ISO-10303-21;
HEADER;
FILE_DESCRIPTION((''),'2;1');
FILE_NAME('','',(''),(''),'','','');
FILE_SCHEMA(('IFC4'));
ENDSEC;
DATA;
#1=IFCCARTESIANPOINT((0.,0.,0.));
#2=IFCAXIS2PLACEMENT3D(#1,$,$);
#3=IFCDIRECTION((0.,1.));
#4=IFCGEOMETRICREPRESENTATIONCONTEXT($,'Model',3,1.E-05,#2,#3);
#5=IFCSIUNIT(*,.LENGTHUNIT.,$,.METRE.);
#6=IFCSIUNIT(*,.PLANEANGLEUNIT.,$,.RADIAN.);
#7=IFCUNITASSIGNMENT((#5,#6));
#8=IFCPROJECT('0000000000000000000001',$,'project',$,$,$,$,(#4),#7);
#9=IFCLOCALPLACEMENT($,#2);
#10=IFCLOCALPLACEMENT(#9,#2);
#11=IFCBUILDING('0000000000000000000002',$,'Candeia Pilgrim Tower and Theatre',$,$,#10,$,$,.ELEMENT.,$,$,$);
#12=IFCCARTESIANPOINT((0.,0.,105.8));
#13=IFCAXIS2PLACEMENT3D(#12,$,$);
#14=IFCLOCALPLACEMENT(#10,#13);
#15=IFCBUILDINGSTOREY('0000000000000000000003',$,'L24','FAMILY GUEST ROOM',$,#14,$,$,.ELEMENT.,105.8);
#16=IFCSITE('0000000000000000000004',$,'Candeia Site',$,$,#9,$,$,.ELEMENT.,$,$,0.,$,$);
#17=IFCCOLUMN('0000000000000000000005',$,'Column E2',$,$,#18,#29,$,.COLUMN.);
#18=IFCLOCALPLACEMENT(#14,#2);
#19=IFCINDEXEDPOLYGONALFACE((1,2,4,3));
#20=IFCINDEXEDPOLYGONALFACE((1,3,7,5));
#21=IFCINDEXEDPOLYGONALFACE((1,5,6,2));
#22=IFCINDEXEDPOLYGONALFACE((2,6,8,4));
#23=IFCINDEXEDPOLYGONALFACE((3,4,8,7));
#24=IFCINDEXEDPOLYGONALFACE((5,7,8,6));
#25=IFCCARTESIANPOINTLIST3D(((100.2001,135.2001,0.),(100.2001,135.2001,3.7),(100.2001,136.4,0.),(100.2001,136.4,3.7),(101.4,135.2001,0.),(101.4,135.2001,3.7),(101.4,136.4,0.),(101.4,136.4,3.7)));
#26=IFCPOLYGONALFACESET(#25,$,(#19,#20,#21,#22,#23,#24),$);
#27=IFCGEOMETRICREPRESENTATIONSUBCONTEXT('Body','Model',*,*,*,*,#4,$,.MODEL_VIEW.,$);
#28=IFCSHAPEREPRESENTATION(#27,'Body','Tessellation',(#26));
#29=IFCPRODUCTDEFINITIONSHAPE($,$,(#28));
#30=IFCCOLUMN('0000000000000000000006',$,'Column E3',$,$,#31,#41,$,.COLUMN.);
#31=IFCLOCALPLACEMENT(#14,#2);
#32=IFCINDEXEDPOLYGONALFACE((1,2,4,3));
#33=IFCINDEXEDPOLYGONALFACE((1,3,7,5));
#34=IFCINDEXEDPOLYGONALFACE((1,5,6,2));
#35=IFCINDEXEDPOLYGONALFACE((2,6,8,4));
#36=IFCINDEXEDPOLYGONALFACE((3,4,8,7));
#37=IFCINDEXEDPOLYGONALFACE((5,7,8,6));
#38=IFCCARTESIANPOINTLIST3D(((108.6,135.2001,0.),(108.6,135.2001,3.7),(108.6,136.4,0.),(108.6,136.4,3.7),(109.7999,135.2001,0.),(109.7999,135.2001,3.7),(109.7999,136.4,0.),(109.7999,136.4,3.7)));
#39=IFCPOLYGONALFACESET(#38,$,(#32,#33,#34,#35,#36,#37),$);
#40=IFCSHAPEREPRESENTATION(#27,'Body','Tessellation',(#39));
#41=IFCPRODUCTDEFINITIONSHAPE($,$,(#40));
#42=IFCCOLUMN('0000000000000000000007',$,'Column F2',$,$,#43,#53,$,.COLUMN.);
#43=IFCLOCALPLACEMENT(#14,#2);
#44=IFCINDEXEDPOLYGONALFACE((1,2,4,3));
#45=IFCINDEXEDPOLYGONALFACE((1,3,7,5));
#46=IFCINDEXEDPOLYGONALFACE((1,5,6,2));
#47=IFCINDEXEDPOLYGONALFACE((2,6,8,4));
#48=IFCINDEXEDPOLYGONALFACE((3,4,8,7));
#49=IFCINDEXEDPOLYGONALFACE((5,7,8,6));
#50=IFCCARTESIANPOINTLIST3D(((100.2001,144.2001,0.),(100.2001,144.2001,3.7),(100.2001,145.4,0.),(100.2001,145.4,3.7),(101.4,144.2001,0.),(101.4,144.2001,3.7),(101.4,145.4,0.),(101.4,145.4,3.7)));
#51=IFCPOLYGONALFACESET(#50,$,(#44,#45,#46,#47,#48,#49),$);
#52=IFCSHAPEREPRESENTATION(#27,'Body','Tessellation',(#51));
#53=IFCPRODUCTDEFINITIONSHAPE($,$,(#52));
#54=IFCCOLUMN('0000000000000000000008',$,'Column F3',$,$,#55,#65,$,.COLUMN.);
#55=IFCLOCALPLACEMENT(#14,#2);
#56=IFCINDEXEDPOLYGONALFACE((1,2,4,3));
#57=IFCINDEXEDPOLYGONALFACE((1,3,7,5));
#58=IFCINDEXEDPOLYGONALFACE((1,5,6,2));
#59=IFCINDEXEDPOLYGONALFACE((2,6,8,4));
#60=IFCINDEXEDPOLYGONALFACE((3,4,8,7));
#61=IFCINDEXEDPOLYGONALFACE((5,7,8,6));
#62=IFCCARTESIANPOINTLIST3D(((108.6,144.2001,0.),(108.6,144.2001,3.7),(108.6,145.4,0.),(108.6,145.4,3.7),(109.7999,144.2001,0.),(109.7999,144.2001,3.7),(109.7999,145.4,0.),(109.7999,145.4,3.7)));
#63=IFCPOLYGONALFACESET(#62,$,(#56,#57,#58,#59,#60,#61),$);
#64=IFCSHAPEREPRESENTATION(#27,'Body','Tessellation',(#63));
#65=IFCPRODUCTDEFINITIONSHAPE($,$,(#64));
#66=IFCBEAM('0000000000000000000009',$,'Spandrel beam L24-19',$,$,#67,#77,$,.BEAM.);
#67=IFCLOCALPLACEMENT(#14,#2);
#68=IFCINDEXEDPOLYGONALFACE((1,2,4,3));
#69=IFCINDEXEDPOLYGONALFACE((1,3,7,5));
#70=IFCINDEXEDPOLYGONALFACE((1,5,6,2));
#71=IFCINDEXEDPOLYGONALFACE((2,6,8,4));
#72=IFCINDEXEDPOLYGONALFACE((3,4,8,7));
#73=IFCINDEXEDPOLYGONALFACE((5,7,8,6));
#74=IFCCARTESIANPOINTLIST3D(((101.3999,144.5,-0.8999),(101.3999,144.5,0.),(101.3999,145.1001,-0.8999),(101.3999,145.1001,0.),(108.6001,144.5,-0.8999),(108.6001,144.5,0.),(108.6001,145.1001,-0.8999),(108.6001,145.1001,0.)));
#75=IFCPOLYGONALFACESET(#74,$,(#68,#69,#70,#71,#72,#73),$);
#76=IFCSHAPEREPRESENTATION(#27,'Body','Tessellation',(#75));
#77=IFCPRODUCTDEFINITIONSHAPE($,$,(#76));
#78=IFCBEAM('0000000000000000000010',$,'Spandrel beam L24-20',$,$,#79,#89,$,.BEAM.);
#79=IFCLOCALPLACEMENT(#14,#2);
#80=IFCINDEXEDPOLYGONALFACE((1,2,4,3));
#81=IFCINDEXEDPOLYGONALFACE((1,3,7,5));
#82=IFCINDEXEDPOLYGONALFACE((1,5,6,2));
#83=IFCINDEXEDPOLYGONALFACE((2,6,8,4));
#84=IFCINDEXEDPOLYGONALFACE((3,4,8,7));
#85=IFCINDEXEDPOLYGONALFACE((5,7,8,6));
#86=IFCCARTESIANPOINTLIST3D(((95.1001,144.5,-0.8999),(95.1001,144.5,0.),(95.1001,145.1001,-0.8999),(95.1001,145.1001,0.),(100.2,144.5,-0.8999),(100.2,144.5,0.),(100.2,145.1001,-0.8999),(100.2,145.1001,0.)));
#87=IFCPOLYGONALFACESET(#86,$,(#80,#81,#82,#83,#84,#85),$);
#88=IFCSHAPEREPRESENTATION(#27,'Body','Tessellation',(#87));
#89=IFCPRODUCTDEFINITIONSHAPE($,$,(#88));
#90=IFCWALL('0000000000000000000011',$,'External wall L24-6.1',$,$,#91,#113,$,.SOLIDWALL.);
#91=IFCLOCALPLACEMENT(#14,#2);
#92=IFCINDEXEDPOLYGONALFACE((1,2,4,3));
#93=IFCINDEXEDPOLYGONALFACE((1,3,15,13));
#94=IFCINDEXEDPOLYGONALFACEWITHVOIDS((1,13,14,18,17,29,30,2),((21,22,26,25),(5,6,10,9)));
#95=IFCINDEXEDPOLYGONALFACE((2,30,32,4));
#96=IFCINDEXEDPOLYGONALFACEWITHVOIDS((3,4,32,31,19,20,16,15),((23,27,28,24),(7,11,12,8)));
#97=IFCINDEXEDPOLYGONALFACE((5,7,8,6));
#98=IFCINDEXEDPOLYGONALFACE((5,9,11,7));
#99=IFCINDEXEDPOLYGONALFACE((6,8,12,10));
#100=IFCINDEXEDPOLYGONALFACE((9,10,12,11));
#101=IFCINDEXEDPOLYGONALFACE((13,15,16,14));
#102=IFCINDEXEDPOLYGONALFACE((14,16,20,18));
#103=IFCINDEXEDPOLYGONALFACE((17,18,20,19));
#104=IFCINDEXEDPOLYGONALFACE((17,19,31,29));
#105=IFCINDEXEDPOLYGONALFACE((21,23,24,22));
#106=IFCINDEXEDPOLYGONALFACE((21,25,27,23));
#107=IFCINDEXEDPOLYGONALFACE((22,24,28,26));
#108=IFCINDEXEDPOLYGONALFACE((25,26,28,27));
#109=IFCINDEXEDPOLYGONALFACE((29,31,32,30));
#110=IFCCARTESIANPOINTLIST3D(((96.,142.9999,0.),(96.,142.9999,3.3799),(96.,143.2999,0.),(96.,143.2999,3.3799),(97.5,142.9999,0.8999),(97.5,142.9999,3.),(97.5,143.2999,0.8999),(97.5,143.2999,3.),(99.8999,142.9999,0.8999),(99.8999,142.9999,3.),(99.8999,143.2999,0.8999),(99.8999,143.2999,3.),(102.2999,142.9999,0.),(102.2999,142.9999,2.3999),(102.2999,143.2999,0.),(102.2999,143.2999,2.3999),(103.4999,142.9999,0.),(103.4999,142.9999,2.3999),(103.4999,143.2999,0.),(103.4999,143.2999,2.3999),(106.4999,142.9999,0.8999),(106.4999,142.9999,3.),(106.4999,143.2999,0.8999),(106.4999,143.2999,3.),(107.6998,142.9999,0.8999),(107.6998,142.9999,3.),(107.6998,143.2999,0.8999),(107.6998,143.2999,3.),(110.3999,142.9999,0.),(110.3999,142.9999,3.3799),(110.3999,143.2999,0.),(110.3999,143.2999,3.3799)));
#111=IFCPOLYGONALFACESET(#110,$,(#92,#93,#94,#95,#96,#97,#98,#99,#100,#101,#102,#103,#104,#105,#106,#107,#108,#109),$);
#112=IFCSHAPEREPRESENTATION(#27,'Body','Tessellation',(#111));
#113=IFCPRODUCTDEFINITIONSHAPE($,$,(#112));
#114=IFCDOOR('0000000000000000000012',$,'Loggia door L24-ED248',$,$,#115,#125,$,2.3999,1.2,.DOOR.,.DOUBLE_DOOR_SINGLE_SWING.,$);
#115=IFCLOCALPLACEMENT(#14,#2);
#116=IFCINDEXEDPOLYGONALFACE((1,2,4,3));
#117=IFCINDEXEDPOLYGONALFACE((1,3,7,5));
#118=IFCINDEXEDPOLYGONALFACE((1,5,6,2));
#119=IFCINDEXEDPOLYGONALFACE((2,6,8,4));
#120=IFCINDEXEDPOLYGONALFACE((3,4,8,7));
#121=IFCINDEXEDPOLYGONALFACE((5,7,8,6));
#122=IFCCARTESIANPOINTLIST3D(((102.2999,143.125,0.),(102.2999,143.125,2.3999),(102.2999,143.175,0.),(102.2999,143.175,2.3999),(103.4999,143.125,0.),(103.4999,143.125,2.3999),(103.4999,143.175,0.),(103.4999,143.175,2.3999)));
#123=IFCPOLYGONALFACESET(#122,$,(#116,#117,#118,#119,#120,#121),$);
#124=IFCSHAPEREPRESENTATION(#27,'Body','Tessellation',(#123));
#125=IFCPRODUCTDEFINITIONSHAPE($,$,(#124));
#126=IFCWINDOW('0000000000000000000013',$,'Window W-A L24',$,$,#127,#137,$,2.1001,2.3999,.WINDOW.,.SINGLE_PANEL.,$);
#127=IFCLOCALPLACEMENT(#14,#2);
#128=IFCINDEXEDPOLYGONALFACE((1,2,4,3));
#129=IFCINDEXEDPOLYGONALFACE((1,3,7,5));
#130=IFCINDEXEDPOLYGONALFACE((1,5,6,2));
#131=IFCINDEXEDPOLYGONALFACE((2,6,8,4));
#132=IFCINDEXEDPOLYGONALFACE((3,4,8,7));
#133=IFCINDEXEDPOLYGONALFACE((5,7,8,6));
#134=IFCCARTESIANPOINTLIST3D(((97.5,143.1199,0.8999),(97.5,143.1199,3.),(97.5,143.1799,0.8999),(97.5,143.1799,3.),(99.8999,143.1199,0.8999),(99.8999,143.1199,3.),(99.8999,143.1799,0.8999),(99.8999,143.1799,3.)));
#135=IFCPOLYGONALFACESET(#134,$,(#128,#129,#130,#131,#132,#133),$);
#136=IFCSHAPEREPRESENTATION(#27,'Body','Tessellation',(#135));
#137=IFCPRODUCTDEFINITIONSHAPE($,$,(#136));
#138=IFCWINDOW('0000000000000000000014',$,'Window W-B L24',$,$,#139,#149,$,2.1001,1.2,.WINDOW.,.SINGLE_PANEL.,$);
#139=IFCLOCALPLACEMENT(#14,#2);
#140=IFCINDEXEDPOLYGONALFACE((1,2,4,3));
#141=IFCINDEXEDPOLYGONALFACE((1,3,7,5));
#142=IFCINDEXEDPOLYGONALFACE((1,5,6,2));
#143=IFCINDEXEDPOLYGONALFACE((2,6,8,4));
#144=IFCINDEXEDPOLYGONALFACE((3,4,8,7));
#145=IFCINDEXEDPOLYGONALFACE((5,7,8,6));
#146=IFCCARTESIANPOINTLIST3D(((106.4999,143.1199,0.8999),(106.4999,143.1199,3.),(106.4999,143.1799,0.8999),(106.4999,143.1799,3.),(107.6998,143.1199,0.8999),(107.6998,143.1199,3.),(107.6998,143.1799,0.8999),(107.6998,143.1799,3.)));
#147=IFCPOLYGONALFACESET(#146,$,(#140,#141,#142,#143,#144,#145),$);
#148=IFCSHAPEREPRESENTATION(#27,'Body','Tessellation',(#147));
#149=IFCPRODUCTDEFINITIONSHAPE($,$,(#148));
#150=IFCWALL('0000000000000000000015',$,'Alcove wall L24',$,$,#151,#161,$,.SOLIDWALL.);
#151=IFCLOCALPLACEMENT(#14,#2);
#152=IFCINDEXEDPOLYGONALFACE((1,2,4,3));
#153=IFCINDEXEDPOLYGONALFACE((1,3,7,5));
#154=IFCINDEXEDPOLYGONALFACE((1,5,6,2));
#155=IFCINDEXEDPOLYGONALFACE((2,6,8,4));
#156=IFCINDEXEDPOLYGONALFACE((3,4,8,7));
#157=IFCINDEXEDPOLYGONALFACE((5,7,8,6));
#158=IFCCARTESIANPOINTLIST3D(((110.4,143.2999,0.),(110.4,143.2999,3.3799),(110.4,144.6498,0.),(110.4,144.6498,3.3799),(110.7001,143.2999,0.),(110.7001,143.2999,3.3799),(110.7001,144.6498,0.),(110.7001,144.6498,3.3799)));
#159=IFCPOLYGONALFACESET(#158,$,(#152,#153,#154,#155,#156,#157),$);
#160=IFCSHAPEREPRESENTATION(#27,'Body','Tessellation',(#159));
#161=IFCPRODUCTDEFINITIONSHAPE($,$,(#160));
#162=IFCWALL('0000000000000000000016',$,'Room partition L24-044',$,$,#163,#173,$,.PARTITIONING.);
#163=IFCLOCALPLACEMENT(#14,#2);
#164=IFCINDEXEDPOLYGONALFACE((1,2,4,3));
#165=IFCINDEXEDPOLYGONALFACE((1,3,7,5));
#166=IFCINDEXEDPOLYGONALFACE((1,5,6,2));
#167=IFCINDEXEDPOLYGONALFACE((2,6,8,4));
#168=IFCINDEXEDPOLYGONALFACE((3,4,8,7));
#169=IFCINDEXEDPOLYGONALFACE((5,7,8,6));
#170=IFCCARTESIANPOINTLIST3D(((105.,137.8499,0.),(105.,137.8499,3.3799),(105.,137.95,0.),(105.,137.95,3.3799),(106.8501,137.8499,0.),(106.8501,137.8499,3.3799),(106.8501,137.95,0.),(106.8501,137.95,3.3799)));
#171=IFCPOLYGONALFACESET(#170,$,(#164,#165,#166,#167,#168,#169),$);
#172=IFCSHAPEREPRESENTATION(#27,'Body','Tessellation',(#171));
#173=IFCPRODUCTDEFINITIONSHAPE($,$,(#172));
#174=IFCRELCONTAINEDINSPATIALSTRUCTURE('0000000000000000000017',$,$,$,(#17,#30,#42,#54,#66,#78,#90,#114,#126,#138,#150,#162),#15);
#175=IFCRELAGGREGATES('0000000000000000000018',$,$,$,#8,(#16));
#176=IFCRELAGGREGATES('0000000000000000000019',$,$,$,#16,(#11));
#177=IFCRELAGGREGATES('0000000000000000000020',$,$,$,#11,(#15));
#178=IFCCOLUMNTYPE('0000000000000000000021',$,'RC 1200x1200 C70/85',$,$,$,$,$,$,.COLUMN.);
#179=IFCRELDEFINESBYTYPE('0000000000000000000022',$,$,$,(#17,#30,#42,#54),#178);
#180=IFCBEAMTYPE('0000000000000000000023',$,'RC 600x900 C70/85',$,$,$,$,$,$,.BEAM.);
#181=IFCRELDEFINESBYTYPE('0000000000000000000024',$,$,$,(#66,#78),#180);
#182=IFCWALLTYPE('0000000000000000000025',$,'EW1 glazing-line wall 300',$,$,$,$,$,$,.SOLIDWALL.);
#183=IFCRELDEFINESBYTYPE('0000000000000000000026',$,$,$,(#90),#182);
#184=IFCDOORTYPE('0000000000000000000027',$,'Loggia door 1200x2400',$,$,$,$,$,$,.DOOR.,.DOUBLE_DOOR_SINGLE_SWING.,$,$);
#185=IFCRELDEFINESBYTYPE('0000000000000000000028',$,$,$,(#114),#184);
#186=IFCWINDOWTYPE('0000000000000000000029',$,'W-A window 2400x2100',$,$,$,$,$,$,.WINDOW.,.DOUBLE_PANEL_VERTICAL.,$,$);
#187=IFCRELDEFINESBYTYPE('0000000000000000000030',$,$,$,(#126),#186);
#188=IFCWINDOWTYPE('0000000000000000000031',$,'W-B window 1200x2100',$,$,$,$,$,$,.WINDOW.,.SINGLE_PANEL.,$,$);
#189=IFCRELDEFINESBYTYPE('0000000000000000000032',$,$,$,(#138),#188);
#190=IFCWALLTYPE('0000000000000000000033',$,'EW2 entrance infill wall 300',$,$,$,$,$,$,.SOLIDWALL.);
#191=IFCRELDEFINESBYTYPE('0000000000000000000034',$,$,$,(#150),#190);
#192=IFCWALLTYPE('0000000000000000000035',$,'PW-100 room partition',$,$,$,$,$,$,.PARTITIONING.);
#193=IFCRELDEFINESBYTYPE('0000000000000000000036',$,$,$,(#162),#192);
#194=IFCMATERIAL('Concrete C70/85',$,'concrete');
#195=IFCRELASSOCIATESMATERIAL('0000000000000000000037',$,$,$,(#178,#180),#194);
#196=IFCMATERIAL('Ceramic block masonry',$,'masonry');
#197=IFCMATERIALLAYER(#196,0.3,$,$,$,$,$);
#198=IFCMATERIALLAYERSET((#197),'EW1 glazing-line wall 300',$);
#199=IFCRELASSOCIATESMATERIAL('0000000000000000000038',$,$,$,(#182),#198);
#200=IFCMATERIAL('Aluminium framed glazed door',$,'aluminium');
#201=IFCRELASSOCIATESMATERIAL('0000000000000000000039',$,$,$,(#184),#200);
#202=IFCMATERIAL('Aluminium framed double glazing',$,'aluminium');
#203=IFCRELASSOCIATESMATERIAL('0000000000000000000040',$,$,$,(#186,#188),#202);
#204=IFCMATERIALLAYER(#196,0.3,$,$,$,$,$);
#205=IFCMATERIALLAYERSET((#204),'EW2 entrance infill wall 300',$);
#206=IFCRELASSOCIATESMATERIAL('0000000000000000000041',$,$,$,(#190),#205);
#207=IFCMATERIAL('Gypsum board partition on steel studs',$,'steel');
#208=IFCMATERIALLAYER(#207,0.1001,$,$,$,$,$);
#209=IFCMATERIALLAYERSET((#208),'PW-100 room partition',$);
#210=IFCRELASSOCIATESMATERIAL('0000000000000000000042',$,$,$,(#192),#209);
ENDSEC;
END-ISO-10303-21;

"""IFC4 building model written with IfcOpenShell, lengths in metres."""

from ifc_helpers import new_model, si_unit, direction, frame, frame_2d, origin, origin_2d, place, context, subcontext, project, spatial, rectangle, extrude, material, layer, layer_set, material_profile, profile_set, type_object, element, fill, save


model = new_model("IFC4")

# Units and contexts
model_context = context("Model", 3, precision=1e-05, world=origin(), true_north=direction((0.0, 1.0)))
body_context = subcontext(model_context, "Body", "Model", "MODEL_VIEW")
ifc_project = project(units=[si_unit("LENGTHUNIT", "METRE"), si_unit("PLANEANGLEUNIT", "RADIAN")], contexts=[model_context])

# Site, building, storey
site_placement = place(None, origin())
site = spatial("IfcSite", under=ifc_project, at=site_placement, Name="Candeia Site", CompositionType="ELEMENT", RefElevation=0.0)
building_placement = place(site_placement, origin())
building = spatial("IfcBuilding", under=site, at=building_placement, Name="Candeia Pilgrim Tower and Theatre", CompositionType="ELEMENT")
storey_placement = place(building_placement, frame((0.0, 0.0, 105.8)))
storey = spatial("IfcBuildingStorey", under=building, at=storey_placement, Name="L24", Description="FAMILY GUEST ROOM", CompositionType="ELEMENT", Elevation=105.8)

# Columns
ifc_material_1 = material(Name="Concrete C70/85", Category="concrete")
ifc_material_profile_1 = material_profile(ifc_material_1, rectangle(XDim=1.2, YDim=1.2, at=origin_2d()))
ifc_profile_set_1 = profile_set([ifc_material_profile_1], Name="Concrete C70/85")
column_type = type_object("IfcColumnType", Name="RC 1200x1200 C70/85", PredefinedType="COLUMN", material=ifc_profile_set_1)
for number, where, z_axis, x_axis, name in (
    (1, (100.8, 135.8, 0.0), (0.0, 0.0, 1.0), (1.0, 0.0, 0.0), "Column E2"),
    (2, (109.2, 135.8, 0.0), (0.0, 0.0, 1.0), (1.0, 0.0, 0.0), "Column E3"),
    (3, (100.8, 144.8, 0.0), (0.0, 0.0, 1.0), (1.0, 0.0, 0.0), "Column F2"),
    (4, (109.2, 144.8, 0.0), (0.0, 0.0, 1.0), (1.0, 0.0, 0.0), "Column F3"),
):
    element("IfcColumn", number, at=place(storey_placement, frame(where, z_axis=z_axis, x_axis=x_axis)), inside=storey, type_object=column_type, Name=name, PredefinedType="COLUMN", context=body_context, shape_type="SweptSolid", body=[
        extrude(rectangle(XDim=1.2, YDim=1.2, at=origin_2d()), origin(), (0.0, 0.0, 1.0), 3.7),
    ])

# Beams
ifc_material_profile_2 = material_profile(ifc_material_1, rectangle(XDim=0.6001, YDim=0.8999, at=origin_2d()))
ifc_profile_set_2 = profile_set([ifc_material_profile_2], Name="Concrete C70/85")
beam_type = type_object("IfcBeamType", Name="RC 600x900 C70/85", PredefinedType="BEAM", material=ifc_profile_set_2)
beam_1_placement = place(storey_placement, frame((108.6001, 144.8, -0.45), z_axis=(-1.0, 0.0, 0.0), x_axis=(0.0, -1.0, 0.0)))
element("IfcBeam", 5, at=beam_1_placement, inside=storey, type_object=beam_type, Name="Spandrel beam L24-19", PredefinedType="BEAM", context=body_context, shape_type="SweptSolid", body=[
    extrude(rectangle(XDim=0.6001, YDim=0.8999, at=origin_2d()), origin(), (0.0, 0.0, 1.0), 7.2002),
])
beam_2_placement = place(storey_placement, frame((100.2, 144.8, -0.45), z_axis=(-1.0, 0.0, 0.0), x_axis=(0.0, -1.0, 0.0)))
element("IfcBeam", 6, at=beam_2_placement, inside=storey, type_object=beam_type, Name="Spandrel beam L24-20", PredefinedType="BEAM", context=body_context, shape_type="SweptSolid", body=[
    extrude(rectangle(XDim=0.6001, YDim=0.8999, at=origin_2d()), origin(), (0.0, 0.0, 1.0), 5.0999),
])

# Wall, openings, door, windows
ifc_material_2 = material(Name="Ceramic block masonry", Category="masonry")
ifc_layer_1 = layer(ifc_material_2, 0.3)
ifc_layer_set_1 = layer_set([ifc_layer_1], Name="EW1 glazing-line wall 300")
wall_type_1 = type_object("IfcWallType", Name="EW1 glazing-line wall 300", PredefinedType="SOLIDWALL", material=ifc_layer_set_1)
wall_1_placement = place(storey_placement, frame((110.3999, 143.1499, 0.0), z_axis=(0.0, 0.0, 1.0), x_axis=(-1.0, 0.0, 0.0)))
wall_1 = element("IfcWall", 7, at=wall_1_placement, inside=storey, type_object=wall_type_1, Name="External wall L24-6.1", PredefinedType="SOLIDWALL", context=body_context, shape_type="SweptSolid", body=[
    extrude(rectangle(XDim=14.3999, YDim=0.3, at=frame_2d((7.2, 0.0))), origin(), (0.0, 0.0, 1.0), 3.3799),
])
opening_1_placement = place(wall_1_placement, frame((2.7, 0.0, 0.8999)))
opening_1 = element("IfcOpeningElement", 8, at=opening_1_placement, cuts=wall_1, PredefinedType="OPENING", context=body_context, shape_type="SweptSolid", body=[
    extrude(rectangle(XDim=1.2, YDim=2.1001, at=frame_2d((0.6001, 1.05))), frame((0.0, 0.1602, 0.0), z_axis=(0.0, -1.0, 0.0), x_axis=(1.0, 0.0, 0.0)), (0.0, 0.0, 1.0), 0.3201),
])
opening_2_placement = place(wall_1_placement, frame((6.8999, 0.0, 0.0)))
opening_2 = element("IfcOpeningElement", 9, at=opening_2_placement, cuts=wall_1, PredefinedType="OPENING", context=body_context, shape_type="SweptSolid", body=[
    extrude(rectangle(XDim=1.2, YDim=2.3999, at=frame_2d((0.6001, 1.2))), frame((0.0, 0.1602, 0.0), z_axis=(0.0, -1.0, 0.0), x_axis=(1.0, 0.0, 0.0)), (0.0, 0.0, 1.0), 0.3201),
])
opening_3_placement = place(wall_1_placement, frame((10.5, 0.0, 0.8999)))
opening_3 = element("IfcOpeningElement", 10, at=opening_3_placement, cuts=wall_1, PredefinedType="OPENING", context=body_context, shape_type="SweptSolid", body=[
    extrude(rectangle(XDim=2.3999, YDim=2.1001, at=frame_2d((1.2, 1.05))), frame((0.0, 0.1602, 0.0), z_axis=(0.0, -1.0, 0.0), x_axis=(1.0, 0.0, 0.0)), (0.0, 0.0, 1.0), 0.3201),
])
ifc_material_3 = material(Name="Aluminium framed glazed door", Category="aluminium")
door_type_1 = type_object("IfcDoorType", Name="Loggia door 1200x2400", OperationType="DOUBLE_DOOR_SINGLE_SWING", PredefinedType="DOOR", material=ifc_material_3)
door_1_placement = place(opening_2_placement, origin())
door_1 = element("IfcDoor", 11, at=door_1_placement, inside=storey, type_object=door_type_1, Name="Loggia door L24-ED248", OperationType="DOUBLE_DOOR_SINGLE_SWING", OverallHeight=2.3999, OverallWidth=1.2, PredefinedType="DOOR", context=body_context, shape_type="SweptSolid", body=[
    extrude(rectangle(XDim=1.2, YDim=2.3999, at=frame_2d((0.6001, 1.2))), frame((0.0, 0.0249, 0.0), z_axis=(0.0, -1.0, 0.0), x_axis=(1.0, 0.0, 0.0)), (0.0, 0.0, 1.0), 0.05),
])
fill(opening_2, door_1)
ifc_material_4 = material(Name="Aluminium framed double glazing", Category="aluminium")
window_type_1 = type_object("IfcWindowType", Name="W-A window 2400x2100", PartitioningType="DOUBLE_PANEL_VERTICAL", PredefinedType="WINDOW", material=ifc_material_4)
window_1_placement = place(opening_3_placement, origin())
window_1 = element("IfcWindow", 12, at=window_1_placement, inside=storey, type_object=window_type_1, Name="Window W-A L24", OverallHeight=2.1001, OverallWidth=2.3999, PartitioningType="SINGLE_PANEL", PredefinedType="WINDOW", context=body_context, shape_type="SweptSolid", body=[
    extrude(rectangle(XDim=2.3999, YDim=2.1001, at=frame_2d((1.2, 1.05))), frame((0.0, 0.03, 0.0), z_axis=(0.0, -1.0, 0.0), x_axis=(1.0, 0.0, 0.0)), (0.0, 0.0, 1.0), 0.0601),
])
fill(opening_3, window_1)
window_type_2 = type_object("IfcWindowType", Name="W-B window 1200x2100", PartitioningType="SINGLE_PANEL", PredefinedType="WINDOW", material=ifc_material_4)
window_2_placement = place(opening_1_placement, origin())
window_2 = element("IfcWindow", 13, at=window_2_placement, inside=storey, type_object=window_type_2, Name="Window W-B L24", OverallHeight=2.1001, OverallWidth=1.2, PartitioningType="SINGLE_PANEL", PredefinedType="WINDOW", context=body_context, shape_type="SweptSolid", body=[
    extrude(rectangle(XDim=1.2, YDim=2.1001, at=frame_2d((0.6001, 1.05))), frame((0.0, 0.03, 0.0), z_axis=(0.0, -1.0, 0.0), x_axis=(1.0, 0.0, 0.0)), (0.0, 0.0, 1.0), 0.0601),
])
fill(opening_1, window_2)

# Walls
ifc_layer_2 = layer(ifc_material_2, 0.3)
ifc_layer_set_2 = layer_set([ifc_layer_2], Name="EW2 entrance infill wall 300")
wall_type_2 = type_object("IfcWallType", Name="EW2 entrance infill wall 300", PredefinedType="SOLIDWALL", material=ifc_layer_set_2)
wall_2_placement = place(storey_placement, frame((110.55, 143.3, 0.0), z_axis=(0.0, 0.0, 1.0), x_axis=(0.0, 1.0, 0.0)))
element("IfcWall", 14, at=wall_2_placement, inside=storey, type_object=wall_type_2, Name="Alcove wall L24", PredefinedType="SOLIDWALL", context=body_context, shape_type="SweptSolid", body=[
    extrude(rectangle(XDim=1.3499, YDim=0.3, at=frame_2d((0.6748, 0.0))), origin(), (0.0, 0.0, 1.0), 3.3799),
])
ifc_material_5 = material(Name="Gypsum board partition on steel studs", Category="steel")
ifc_layer_3 = layer(ifc_material_5, 0.1001)
ifc_layer_set_3 = layer_set([ifc_layer_3], Name="PW-100 room partition")
wall_type_3 = type_object("IfcWallType", Name="PW-100 room partition", PredefinedType="PARTITIONING", material=ifc_layer_set_3)
wall_3_placement = place(storey_placement, frame((105.0, 137.8999, 0.0), z_axis=(0.0, 0.0, 1.0), x_axis=(1.0, 0.0, 0.0)))
element("IfcWall", 15, at=wall_3_placement, inside=storey, type_object=wall_type_3, Name="Room partition L24-044", PredefinedType="PARTITIONING", context=body_context, shape_type="SweptSolid", body=[
    extrude(rectangle(XDim=1.8501, YDim=0.1001, at=frame_2d((0.925, 0.0))), origin(), (0.0, 0.0, 1.0), 3.3799),
])

save(model, "model.ifc")
